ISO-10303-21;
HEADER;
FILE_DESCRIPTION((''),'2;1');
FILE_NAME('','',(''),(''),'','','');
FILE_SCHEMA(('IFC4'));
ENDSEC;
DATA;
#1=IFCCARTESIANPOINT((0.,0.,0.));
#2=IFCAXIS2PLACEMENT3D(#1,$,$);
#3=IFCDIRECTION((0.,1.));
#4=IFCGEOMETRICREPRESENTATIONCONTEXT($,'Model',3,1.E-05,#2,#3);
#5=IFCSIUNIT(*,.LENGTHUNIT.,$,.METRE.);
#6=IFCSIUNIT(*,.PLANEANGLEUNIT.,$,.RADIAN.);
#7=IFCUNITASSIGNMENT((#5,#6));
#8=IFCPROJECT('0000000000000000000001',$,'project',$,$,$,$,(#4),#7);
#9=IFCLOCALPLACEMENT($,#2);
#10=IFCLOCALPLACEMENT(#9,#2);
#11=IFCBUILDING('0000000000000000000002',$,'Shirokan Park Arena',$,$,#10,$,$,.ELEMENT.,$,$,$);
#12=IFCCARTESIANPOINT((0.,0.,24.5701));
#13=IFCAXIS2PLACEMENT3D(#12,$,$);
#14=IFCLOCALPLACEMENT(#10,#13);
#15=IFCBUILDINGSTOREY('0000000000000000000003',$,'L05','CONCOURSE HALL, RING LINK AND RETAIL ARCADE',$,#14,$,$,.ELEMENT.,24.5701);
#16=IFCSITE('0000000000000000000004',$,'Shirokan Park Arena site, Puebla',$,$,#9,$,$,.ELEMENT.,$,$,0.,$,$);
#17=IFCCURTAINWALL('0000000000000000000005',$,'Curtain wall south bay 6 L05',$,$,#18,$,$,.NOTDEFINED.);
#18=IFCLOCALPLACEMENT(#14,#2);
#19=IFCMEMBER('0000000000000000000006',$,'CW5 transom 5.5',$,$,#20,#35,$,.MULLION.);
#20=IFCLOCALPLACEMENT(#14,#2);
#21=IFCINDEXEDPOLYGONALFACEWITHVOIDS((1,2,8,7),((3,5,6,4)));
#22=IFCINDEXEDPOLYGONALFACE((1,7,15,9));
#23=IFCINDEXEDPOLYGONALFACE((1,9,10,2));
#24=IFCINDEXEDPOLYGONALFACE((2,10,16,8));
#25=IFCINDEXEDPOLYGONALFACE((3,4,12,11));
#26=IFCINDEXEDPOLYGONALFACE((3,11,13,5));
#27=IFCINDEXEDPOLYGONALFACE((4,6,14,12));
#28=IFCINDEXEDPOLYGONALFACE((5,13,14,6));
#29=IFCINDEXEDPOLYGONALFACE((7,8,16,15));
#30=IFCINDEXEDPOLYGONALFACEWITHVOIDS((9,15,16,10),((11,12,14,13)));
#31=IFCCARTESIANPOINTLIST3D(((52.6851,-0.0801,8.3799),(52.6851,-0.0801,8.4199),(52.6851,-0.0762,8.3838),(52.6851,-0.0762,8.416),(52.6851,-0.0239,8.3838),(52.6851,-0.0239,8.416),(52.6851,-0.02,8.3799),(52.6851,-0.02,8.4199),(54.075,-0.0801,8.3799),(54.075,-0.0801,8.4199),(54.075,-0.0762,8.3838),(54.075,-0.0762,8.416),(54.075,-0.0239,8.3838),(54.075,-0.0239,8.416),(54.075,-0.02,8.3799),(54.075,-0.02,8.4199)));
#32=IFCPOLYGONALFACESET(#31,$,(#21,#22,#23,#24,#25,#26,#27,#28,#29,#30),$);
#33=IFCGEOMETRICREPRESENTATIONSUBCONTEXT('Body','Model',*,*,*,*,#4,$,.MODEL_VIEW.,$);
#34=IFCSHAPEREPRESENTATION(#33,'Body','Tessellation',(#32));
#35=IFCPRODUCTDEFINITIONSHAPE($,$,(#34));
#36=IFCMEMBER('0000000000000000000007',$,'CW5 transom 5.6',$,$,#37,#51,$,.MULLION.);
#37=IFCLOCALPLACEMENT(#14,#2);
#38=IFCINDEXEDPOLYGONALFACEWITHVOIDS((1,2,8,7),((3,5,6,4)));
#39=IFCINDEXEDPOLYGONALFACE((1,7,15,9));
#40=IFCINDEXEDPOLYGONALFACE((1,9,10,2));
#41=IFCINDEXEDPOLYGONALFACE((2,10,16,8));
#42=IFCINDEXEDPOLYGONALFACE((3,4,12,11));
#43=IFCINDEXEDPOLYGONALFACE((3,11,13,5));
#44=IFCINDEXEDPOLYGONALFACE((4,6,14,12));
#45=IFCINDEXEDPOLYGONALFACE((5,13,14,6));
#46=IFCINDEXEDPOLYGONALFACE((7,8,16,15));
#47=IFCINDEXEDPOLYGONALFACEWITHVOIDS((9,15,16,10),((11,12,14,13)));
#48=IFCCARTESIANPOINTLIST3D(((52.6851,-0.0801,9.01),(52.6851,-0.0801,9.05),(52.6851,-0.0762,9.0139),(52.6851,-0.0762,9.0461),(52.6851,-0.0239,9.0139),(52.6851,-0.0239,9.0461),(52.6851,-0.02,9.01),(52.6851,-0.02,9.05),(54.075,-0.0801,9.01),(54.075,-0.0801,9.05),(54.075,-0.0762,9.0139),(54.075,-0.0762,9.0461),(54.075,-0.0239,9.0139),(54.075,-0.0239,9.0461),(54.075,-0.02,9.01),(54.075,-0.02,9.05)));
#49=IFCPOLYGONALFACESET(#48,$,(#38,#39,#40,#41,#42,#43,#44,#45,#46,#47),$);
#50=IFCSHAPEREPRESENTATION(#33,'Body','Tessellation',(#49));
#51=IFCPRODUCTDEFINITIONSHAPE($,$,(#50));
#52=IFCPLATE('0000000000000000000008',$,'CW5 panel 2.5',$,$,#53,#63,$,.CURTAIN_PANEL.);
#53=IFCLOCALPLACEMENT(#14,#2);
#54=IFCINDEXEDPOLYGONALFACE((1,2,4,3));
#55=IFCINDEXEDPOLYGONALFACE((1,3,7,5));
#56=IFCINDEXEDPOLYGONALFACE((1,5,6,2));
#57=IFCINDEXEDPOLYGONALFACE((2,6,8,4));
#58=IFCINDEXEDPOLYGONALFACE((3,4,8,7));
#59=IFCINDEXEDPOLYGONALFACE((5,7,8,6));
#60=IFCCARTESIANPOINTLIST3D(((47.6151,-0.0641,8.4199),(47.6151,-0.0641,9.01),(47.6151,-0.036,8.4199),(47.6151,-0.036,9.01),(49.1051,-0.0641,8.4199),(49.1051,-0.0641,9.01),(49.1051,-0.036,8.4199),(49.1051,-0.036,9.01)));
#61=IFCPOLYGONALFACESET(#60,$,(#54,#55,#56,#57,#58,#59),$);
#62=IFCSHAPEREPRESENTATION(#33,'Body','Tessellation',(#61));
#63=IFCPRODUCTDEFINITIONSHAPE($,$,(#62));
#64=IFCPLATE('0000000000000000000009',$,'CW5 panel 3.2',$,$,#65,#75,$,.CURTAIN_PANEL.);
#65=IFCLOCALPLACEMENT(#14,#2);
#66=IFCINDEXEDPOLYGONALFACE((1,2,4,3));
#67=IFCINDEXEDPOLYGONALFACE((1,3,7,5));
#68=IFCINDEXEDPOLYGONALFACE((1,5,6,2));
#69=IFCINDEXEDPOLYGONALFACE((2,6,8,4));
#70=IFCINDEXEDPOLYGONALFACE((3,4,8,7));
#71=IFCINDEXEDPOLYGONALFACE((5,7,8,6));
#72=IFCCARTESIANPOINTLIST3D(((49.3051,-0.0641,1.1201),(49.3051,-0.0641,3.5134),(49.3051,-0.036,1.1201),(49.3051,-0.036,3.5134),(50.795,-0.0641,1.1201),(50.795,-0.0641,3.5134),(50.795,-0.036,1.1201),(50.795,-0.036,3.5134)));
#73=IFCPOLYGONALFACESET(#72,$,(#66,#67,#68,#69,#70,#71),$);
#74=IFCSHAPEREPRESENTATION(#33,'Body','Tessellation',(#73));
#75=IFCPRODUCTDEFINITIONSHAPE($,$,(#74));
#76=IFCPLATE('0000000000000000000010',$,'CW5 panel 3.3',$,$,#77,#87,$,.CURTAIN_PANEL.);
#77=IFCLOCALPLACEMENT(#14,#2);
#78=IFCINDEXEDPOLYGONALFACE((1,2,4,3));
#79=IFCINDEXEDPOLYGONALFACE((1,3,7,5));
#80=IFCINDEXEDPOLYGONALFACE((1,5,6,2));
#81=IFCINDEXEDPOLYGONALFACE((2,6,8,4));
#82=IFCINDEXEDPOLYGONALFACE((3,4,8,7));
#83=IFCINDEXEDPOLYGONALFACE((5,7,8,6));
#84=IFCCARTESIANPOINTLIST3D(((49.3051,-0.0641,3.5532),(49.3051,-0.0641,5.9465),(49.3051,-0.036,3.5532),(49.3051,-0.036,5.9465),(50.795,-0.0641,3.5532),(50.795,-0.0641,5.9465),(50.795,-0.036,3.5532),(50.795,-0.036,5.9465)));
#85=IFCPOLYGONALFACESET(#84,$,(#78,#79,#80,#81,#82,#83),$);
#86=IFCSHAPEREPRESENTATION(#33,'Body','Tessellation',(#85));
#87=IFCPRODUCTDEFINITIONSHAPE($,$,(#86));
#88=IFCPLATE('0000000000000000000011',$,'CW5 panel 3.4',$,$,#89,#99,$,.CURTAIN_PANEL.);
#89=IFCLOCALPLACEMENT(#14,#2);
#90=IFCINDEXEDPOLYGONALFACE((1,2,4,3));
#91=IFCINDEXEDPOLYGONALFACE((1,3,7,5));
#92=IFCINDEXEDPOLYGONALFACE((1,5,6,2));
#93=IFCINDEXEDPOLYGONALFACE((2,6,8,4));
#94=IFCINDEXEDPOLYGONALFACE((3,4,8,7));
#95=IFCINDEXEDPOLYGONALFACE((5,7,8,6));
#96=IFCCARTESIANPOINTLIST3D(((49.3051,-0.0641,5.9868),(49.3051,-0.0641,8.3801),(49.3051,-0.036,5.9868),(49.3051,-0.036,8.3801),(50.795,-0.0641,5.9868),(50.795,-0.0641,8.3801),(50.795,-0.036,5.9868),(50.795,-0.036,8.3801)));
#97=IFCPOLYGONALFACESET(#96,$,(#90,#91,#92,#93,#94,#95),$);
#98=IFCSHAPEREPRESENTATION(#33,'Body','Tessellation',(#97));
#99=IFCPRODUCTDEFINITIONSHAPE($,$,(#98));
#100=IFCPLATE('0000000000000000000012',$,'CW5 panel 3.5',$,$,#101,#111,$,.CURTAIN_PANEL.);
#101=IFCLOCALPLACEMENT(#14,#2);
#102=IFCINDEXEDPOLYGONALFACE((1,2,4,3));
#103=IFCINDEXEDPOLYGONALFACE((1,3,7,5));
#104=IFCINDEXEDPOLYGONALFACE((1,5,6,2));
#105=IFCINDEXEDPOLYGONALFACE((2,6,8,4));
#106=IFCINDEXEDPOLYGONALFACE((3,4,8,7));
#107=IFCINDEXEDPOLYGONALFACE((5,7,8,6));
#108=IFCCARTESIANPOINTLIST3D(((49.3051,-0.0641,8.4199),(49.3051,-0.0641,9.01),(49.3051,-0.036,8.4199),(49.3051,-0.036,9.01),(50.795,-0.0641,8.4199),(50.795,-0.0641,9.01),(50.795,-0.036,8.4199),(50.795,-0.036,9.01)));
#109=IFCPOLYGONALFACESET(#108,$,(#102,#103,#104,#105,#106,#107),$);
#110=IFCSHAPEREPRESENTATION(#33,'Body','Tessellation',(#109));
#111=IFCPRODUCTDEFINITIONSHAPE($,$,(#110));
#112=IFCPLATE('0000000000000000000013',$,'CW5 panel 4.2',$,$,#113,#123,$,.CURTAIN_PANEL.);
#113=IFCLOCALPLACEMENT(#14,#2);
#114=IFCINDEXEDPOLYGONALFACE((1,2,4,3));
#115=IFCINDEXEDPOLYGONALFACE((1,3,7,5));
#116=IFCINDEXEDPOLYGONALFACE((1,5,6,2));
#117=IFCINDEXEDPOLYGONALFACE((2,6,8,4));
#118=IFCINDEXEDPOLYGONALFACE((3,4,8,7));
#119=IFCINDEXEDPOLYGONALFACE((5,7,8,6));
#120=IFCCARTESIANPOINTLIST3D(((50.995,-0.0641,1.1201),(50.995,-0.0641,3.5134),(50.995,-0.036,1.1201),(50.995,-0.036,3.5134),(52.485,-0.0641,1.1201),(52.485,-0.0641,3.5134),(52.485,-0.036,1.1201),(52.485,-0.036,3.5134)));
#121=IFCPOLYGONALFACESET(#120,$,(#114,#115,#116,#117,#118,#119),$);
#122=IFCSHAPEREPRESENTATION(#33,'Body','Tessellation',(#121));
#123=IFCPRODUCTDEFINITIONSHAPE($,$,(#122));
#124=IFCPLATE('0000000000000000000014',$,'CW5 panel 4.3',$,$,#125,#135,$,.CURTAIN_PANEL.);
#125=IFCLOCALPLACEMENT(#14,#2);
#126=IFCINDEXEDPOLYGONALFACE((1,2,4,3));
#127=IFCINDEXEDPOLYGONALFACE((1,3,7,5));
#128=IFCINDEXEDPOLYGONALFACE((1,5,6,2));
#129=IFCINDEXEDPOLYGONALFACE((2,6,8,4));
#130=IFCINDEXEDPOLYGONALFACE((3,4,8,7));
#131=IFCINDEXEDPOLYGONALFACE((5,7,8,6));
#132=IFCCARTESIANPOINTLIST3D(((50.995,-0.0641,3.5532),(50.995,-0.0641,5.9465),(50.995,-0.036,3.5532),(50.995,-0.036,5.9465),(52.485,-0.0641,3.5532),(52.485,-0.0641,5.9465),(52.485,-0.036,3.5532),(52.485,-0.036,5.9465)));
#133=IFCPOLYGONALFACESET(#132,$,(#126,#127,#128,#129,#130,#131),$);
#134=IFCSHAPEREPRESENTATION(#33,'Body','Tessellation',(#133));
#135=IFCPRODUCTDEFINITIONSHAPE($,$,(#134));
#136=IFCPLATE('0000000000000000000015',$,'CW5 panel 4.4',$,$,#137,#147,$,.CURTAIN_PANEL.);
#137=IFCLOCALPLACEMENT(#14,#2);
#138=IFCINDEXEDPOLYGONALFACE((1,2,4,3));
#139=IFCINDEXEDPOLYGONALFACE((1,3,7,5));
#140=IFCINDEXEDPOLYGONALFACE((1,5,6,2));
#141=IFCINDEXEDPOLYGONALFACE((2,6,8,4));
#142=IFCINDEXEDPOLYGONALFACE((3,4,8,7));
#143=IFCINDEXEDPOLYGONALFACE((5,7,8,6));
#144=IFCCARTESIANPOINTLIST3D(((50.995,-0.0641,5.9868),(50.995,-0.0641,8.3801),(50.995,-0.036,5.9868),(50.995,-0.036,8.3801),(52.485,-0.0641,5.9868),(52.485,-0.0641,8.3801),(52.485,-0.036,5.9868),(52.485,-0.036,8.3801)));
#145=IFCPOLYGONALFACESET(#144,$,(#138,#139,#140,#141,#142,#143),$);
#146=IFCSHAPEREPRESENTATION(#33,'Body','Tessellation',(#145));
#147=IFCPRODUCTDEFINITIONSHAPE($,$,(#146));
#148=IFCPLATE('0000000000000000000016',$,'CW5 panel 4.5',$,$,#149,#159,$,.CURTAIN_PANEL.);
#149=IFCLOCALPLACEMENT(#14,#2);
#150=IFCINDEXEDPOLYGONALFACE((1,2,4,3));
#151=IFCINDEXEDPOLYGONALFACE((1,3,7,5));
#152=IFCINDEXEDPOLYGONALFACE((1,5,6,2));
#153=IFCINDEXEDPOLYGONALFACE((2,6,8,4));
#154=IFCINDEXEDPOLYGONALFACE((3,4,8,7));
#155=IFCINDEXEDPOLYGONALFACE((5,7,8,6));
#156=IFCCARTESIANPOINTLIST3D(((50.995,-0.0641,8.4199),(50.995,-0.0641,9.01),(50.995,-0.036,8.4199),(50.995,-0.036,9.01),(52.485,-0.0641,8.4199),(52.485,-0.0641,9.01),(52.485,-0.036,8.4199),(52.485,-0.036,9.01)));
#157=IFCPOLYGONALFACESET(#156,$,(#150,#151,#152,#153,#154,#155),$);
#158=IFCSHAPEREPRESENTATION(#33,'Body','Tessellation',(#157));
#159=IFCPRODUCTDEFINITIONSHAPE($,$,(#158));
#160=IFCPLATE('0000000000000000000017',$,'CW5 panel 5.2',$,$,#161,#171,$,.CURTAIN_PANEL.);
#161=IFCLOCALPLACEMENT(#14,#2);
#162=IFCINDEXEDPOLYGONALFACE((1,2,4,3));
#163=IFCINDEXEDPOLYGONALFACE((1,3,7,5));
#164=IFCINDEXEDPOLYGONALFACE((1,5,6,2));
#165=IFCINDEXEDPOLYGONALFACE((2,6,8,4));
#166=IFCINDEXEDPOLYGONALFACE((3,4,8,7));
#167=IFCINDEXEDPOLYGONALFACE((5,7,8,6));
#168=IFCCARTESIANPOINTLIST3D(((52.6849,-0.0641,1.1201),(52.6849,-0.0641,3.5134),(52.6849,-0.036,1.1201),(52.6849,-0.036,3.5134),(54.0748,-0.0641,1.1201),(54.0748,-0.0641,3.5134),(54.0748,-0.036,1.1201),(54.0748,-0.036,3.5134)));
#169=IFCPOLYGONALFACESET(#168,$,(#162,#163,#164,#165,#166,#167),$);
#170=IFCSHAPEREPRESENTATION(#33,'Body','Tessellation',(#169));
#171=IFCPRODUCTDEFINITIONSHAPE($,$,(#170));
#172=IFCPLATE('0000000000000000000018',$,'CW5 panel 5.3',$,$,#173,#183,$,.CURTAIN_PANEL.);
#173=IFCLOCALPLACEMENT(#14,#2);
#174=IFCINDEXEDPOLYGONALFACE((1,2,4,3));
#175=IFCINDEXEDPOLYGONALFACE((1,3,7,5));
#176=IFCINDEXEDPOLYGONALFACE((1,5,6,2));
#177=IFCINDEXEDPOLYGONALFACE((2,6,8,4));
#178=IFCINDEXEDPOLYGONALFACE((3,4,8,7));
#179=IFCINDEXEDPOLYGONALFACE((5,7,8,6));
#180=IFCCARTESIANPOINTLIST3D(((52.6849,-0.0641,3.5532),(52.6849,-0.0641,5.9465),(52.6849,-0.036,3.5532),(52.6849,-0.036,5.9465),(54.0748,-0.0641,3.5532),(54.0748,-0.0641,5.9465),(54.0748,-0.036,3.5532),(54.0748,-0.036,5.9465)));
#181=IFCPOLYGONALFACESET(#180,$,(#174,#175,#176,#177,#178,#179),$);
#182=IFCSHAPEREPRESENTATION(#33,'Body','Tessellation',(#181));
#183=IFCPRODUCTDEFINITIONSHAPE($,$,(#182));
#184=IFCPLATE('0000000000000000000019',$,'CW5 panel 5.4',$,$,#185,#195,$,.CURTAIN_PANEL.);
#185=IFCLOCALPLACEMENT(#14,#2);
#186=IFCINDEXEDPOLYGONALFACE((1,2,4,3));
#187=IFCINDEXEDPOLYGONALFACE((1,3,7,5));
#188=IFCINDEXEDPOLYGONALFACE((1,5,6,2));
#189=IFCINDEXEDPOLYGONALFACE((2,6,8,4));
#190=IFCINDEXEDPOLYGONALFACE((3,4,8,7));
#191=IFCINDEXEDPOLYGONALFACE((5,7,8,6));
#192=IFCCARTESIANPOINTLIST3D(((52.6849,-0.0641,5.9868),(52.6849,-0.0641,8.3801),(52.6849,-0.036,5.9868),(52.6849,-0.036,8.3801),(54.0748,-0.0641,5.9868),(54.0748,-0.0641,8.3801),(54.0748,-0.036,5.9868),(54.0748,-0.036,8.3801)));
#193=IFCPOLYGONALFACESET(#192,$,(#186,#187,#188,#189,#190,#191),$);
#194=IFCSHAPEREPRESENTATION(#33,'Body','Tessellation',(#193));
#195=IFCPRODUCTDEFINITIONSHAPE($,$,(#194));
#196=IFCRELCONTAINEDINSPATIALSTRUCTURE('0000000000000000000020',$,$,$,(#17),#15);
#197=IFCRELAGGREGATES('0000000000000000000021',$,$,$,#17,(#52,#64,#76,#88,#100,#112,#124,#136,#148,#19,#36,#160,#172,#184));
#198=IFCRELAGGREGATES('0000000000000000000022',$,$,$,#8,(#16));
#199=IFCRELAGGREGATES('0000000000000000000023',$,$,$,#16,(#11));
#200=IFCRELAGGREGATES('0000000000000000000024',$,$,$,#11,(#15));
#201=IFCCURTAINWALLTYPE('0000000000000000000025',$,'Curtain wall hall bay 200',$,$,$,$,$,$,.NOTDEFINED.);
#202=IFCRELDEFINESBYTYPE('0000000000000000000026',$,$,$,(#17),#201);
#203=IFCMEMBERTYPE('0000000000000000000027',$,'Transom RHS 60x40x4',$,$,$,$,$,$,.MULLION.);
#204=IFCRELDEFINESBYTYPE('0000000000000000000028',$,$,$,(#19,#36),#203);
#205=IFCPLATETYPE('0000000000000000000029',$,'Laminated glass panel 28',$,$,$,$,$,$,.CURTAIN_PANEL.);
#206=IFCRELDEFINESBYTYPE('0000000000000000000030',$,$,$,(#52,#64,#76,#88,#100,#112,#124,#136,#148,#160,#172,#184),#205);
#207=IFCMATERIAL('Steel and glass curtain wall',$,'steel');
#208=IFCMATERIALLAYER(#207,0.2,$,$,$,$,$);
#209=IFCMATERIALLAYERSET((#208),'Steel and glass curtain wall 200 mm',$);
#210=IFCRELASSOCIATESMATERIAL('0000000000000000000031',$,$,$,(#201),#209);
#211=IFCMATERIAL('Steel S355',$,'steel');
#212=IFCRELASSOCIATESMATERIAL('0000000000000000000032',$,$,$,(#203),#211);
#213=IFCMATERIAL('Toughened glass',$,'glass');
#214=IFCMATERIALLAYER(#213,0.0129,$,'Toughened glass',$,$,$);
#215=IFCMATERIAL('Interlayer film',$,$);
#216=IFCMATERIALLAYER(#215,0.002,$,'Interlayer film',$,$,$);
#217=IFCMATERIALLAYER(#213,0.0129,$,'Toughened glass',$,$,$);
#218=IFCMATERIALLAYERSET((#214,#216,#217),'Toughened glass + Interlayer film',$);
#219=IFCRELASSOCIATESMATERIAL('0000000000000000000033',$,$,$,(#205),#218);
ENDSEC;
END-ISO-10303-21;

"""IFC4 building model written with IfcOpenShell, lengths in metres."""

from ifc_helpers import new_model, si_unit, direction, frame, origin, origin_2d, place, context, subcontext, project, spatial, rectangle, hollow_rectangle, extrude, material, layer, layer_set, material_profile, profile_set, type_object, element, aggregate, save


model = new_model("IFC4")

# Units and contexts
model_context = context("Model", 3, precision=1e-05, world=origin(), true_north=direction((0.0, 1.0)))
body_context = subcontext(model_context, "Body", "Model", "MODEL_VIEW")
ifc_project = project(units=[si_unit("LENGTHUNIT", "METRE"), si_unit("PLANEANGLEUNIT", "RADIAN")], contexts=[model_context])

# Site, building, storey
site_placement = place(None, origin())
site = spatial("IfcSite", under=ifc_project, at=site_placement, Name="Shirokan Park Arena site, Puebla", CompositionType="ELEMENT", RefElevation=0.0)
building_placement = place(site_placement, origin())
building = spatial("IfcBuilding", under=site, at=building_placement, Name="Shirokan Park Arena", CompositionType="ELEMENT")
storey_placement = place(building_placement, frame((0.0, 0.0, 24.5701)))
storey = spatial("IfcBuildingStorey", under=building, at=storey_placement, Name="L05", Description="CONCOURSE HALL, RING LINK AND RETAIL ARCADE", CompositionType="ELEMENT", Elevation=24.5701)

# Curtain wall
ifc_material_1 = material(Name="Steel and glass curtain wall", Category="steel")
ifc_layer_1 = layer(ifc_material_1, 0.2)
ifc_layer_set_1 = layer_set([ifc_layer_1], Name="Steel and glass curtain wall 200 mm")
curtain_wall_type = type_object("IfcCurtainWallType", Name="Curtain wall hall bay 200", PredefinedType="NOTDEFINED", material=ifc_layer_set_1)
curtain_wall_placement = place(storey_placement, origin())
curtain_wall = element("IfcCurtainWall", 1, at=curtain_wall_placement, inside=storey, type_object=curtain_wall_type, Name="Curtain wall south bay 6 L05", PredefinedType="NOTDEFINED")
ifc_material_2 = material(Name="Steel S355", Category="steel")

# Members
ifc_material_profile_1 = material_profile(ifc_material_2, hollow_rectangle(XDim=0.0601, YDim=0.04, WallThickness=0.0039, at=origin_2d()), Name="RHS 60x40x4")
ifc_profile_set_1 = profile_set([ifc_material_profile_1], Name="Steel S355")
member_type_1 = type_object("IfcMemberType", Name="Transom RHS 60x40x4", PredefinedType="MULLION", material=ifc_profile_set_1)
member_1_placement = place(storey_placement, frame((52.6851, -0.05, 8.3999), z_axis=(1.0, 0.0, 0.0), x_axis=(0.0, 1.0, 0.0)))
member_1 = element("IfcMember", 2, at=member_1_placement, type_object=member_type_1, Name="CW5 transom 5.5", PredefinedType="MULLION", context=body_context, shape_type="SweptSolid", body=[
    extrude(hollow_rectangle(XDim=0.0601, YDim=0.04, WallThickness=0.0039, at=origin_2d()), origin(), (0.0, 0.0, 1.0), 1.3899),
])
member_2_placement = place(storey_placement, frame((52.6851, -0.05, 9.03), z_axis=(1.0, 0.0, 0.0), x_axis=(0.0, 1.0, 0.0)))
member_2 = element("IfcMember", 3, at=member_2_placement, type_object=member_type_1, Name="CW5 transom 5.6", PredefinedType="MULLION", context=body_context, shape_type="SweptSolid", body=[
    extrude(hollow_rectangle(XDim=0.0601, YDim=0.04, WallThickness=0.0039, at=origin_2d()), origin(), (0.0, 0.0, 1.0), 1.3899),
])

# Plates
ifc_material_3 = material(Name="Toughened glass", Category="glass")
ifc_layer_2 = layer(ifc_material_3, 0.0129, Name="Toughened glass")
ifc_material_4 = material(Name="Interlayer film")
ifc_layer_3 = layer(ifc_material_4, 0.002, Name="Interlayer film")
ifc_layer_4 = layer(ifc_material_3, 0.0129, Name="Toughened glass")
ifc_layer_set_2 = layer_set([ifc_layer_2, ifc_layer_3, ifc_layer_4], Name="Toughened glass + Interlayer film")
plate_type_1 = type_object("IfcPlateType", Name="Laminated glass panel 28", PredefinedType="CURTAIN_PANEL", material=ifc_layer_set_2)
plate_1_placement = place(storey_placement, frame((48.3601, -0.05, 8.4199), z_axis=(0.0, 0.0, 1.0), x_axis=(1.0, 0.0, 0.0)))
plate_1 = element("IfcPlate", 4, at=plate_1_placement, type_object=plate_type_1, Name="CW5 panel 2.5", PredefinedType="CURTAIN_PANEL", context=body_context, shape_type="SweptSolid", body=[
    extrude(rectangle(XDim=1.49, YDim=0.0281, at=origin_2d()), origin(), (0.0, 0.0, 1.0), 0.5901),
])
plate_2_placement = place(storey_placement, frame((50.05, -0.05, 1.1201), z_axis=(0.0, 0.0, 1.0), x_axis=(1.0, 0.0, 0.0)))
plate_2 = element("IfcPlate", 5, at=plate_2_placement, type_object=plate_type_1, Name="CW5 panel 3.2", PredefinedType="CURTAIN_PANEL", context=body_context, shape_type="SweptSolid", body=[
    extrude(rectangle(XDim=1.49, YDim=0.0281, at=origin_2d()), origin(), (0.0, 0.0, 1.0), 2.3933),
])
plate_3_placement = place(storey_placement, frame((50.05, -0.05, 3.5532), z_axis=(0.0, 0.0, 1.0), x_axis=(1.0, 0.0, 0.0)))
plate_3 = element("IfcPlate", 6, at=plate_3_placement, type_object=plate_type_1, Name="CW5 panel 3.3", PredefinedType="CURTAIN_PANEL", context=body_context, shape_type="SweptSolid", body=[
    extrude(rectangle(XDim=1.49, YDim=0.0281, at=origin_2d()), origin(), (0.0, 0.0, 1.0), 2.3933),
])
plate_4_placement = place(storey_placement, frame((50.05, -0.05, 5.9868), z_axis=(0.0, 0.0, 1.0), x_axis=(1.0, 0.0, 0.0)))
plate_4 = element("IfcPlate", 7, at=plate_4_placement, type_object=plate_type_1, Name="CW5 panel 3.4", PredefinedType="CURTAIN_PANEL", context=body_context, shape_type="SweptSolid", body=[
    extrude(rectangle(XDim=1.49, YDim=0.0281, at=origin_2d()), origin(), (0.0, 0.0, 1.0), 2.3933),
])
plate_5_placement = place(storey_placement, frame((50.05, -0.05, 8.4199), z_axis=(0.0, 0.0, 1.0), x_axis=(1.0, 0.0, 0.0)))
plate_5 = element("IfcPlate", 8, at=plate_5_placement, type_object=plate_type_1, Name="CW5 panel 3.5", PredefinedType="CURTAIN_PANEL", context=body_context, shape_type="SweptSolid", body=[
    extrude(rectangle(XDim=1.49, YDim=0.0281, at=origin_2d()), origin(), (0.0, 0.0, 1.0), 0.5901),
])
plate_6_placement = place(storey_placement, frame((51.74, -0.05, 1.1201), z_axis=(0.0, 0.0, 1.0), x_axis=(1.0, 0.0, 0.0)))
plate_6 = element("IfcPlate", 9, at=plate_6_placement, type_object=plate_type_1, Name="CW5 panel 4.2", PredefinedType="CURTAIN_PANEL", context=body_context, shape_type="SweptSolid", body=[
    extrude(rectangle(XDim=1.49, YDim=0.0281, at=origin_2d()), origin(), (0.0, 0.0, 1.0), 2.3933),
])
plate_7_placement = place(storey_placement, frame((51.74, -0.05, 3.5532), z_axis=(0.0, 0.0, 1.0), x_axis=(1.0, 0.0, 0.0)))
plate_7 = element("IfcPlate", 10, at=plate_7_placement, type_object=plate_type_1, Name="CW5 panel 4.3", PredefinedType="CURTAIN_PANEL", context=body_context, shape_type="SweptSolid", body=[
    extrude(rectangle(XDim=1.49, YDim=0.0281, at=origin_2d()), origin(), (0.0, 0.0, 1.0), 2.3933),
])
plate_8_placement = place(storey_placement, frame((51.74, -0.05, 5.9868), z_axis=(0.0, 0.0, 1.0), x_axis=(1.0, 0.0, 0.0)))
plate_8 = element("IfcPlate", 11, at=plate_8_placement, type_object=plate_type_1, Name="CW5 panel 4.4", PredefinedType="CURTAIN_PANEL", context=body_context, shape_type="SweptSolid", body=[
    extrude(rectangle(XDim=1.49, YDim=0.0281, at=origin_2d()), origin(), (0.0, 0.0, 1.0), 2.3933),
])
plate_9_placement = place(storey_placement, frame((51.74, -0.05, 8.4199), z_axis=(0.0, 0.0, 1.0), x_axis=(1.0, 0.0, 0.0)))
plate_9 = element("IfcPlate", 12, at=plate_9_placement, type_object=plate_type_1, Name="CW5 panel 4.5", PredefinedType="CURTAIN_PANEL", context=body_context, shape_type="SweptSolid", body=[
    extrude(rectangle(XDim=1.49, YDim=0.0281, at=origin_2d()), origin(), (0.0, 0.0, 1.0), 0.5901),
])
plate_10_placement = place(storey_placement, frame((53.3799, -0.05, 1.1201), z_axis=(0.0, 0.0, 1.0), x_axis=(1.0, 0.0, 0.0)))
plate_10 = element("IfcPlate", 13, at=plate_10_placement, type_object=plate_type_1, Name="CW5 panel 5.2", PredefinedType="CURTAIN_PANEL", context=body_context, shape_type="SweptSolid", body=[
    extrude(rectangle(XDim=1.3899, YDim=0.0281, at=origin_2d()), origin(), (0.0, 0.0, 1.0), 2.3933),
])
plate_11_placement = place(storey_placement, frame((53.3799, -0.05, 3.5532), z_axis=(0.0, 0.0, 1.0), x_axis=(1.0, 0.0, 0.0)))
plate_11 = element("IfcPlate", 14, at=plate_11_placement, type_object=plate_type_1, Name="CW5 panel 5.3", PredefinedType="CURTAIN_PANEL", context=body_context, shape_type="SweptSolid", body=[
    extrude(rectangle(XDim=1.3899, YDim=0.0281, at=origin_2d()), origin(), (0.0, 0.0, 1.0), 2.3933),
])
plate_12_placement = place(storey_placement, frame((53.3799, -0.05, 5.9868), z_axis=(0.0, 0.0, 1.0), x_axis=(1.0, 0.0, 0.0)))
plate_12 = element("IfcPlate", 15, at=plate_12_placement, type_object=plate_type_1, Name="CW5 panel 5.4", PredefinedType="CURTAIN_PANEL", context=body_context, shape_type="SweptSolid", body=[
    extrude(rectangle(XDim=1.3899, YDim=0.0281, at=origin_2d()), origin(), (0.0, 0.0, 1.0), 2.3933),
])
aggregate(curtain_wall, [plate_1, plate_2, plate_3, plate_4, plate_5, plate_6, plate_7, plate_8, plate_9, member_1, member_2, plate_10, plate_11, plate_12])

save(model, "model.ifc")
